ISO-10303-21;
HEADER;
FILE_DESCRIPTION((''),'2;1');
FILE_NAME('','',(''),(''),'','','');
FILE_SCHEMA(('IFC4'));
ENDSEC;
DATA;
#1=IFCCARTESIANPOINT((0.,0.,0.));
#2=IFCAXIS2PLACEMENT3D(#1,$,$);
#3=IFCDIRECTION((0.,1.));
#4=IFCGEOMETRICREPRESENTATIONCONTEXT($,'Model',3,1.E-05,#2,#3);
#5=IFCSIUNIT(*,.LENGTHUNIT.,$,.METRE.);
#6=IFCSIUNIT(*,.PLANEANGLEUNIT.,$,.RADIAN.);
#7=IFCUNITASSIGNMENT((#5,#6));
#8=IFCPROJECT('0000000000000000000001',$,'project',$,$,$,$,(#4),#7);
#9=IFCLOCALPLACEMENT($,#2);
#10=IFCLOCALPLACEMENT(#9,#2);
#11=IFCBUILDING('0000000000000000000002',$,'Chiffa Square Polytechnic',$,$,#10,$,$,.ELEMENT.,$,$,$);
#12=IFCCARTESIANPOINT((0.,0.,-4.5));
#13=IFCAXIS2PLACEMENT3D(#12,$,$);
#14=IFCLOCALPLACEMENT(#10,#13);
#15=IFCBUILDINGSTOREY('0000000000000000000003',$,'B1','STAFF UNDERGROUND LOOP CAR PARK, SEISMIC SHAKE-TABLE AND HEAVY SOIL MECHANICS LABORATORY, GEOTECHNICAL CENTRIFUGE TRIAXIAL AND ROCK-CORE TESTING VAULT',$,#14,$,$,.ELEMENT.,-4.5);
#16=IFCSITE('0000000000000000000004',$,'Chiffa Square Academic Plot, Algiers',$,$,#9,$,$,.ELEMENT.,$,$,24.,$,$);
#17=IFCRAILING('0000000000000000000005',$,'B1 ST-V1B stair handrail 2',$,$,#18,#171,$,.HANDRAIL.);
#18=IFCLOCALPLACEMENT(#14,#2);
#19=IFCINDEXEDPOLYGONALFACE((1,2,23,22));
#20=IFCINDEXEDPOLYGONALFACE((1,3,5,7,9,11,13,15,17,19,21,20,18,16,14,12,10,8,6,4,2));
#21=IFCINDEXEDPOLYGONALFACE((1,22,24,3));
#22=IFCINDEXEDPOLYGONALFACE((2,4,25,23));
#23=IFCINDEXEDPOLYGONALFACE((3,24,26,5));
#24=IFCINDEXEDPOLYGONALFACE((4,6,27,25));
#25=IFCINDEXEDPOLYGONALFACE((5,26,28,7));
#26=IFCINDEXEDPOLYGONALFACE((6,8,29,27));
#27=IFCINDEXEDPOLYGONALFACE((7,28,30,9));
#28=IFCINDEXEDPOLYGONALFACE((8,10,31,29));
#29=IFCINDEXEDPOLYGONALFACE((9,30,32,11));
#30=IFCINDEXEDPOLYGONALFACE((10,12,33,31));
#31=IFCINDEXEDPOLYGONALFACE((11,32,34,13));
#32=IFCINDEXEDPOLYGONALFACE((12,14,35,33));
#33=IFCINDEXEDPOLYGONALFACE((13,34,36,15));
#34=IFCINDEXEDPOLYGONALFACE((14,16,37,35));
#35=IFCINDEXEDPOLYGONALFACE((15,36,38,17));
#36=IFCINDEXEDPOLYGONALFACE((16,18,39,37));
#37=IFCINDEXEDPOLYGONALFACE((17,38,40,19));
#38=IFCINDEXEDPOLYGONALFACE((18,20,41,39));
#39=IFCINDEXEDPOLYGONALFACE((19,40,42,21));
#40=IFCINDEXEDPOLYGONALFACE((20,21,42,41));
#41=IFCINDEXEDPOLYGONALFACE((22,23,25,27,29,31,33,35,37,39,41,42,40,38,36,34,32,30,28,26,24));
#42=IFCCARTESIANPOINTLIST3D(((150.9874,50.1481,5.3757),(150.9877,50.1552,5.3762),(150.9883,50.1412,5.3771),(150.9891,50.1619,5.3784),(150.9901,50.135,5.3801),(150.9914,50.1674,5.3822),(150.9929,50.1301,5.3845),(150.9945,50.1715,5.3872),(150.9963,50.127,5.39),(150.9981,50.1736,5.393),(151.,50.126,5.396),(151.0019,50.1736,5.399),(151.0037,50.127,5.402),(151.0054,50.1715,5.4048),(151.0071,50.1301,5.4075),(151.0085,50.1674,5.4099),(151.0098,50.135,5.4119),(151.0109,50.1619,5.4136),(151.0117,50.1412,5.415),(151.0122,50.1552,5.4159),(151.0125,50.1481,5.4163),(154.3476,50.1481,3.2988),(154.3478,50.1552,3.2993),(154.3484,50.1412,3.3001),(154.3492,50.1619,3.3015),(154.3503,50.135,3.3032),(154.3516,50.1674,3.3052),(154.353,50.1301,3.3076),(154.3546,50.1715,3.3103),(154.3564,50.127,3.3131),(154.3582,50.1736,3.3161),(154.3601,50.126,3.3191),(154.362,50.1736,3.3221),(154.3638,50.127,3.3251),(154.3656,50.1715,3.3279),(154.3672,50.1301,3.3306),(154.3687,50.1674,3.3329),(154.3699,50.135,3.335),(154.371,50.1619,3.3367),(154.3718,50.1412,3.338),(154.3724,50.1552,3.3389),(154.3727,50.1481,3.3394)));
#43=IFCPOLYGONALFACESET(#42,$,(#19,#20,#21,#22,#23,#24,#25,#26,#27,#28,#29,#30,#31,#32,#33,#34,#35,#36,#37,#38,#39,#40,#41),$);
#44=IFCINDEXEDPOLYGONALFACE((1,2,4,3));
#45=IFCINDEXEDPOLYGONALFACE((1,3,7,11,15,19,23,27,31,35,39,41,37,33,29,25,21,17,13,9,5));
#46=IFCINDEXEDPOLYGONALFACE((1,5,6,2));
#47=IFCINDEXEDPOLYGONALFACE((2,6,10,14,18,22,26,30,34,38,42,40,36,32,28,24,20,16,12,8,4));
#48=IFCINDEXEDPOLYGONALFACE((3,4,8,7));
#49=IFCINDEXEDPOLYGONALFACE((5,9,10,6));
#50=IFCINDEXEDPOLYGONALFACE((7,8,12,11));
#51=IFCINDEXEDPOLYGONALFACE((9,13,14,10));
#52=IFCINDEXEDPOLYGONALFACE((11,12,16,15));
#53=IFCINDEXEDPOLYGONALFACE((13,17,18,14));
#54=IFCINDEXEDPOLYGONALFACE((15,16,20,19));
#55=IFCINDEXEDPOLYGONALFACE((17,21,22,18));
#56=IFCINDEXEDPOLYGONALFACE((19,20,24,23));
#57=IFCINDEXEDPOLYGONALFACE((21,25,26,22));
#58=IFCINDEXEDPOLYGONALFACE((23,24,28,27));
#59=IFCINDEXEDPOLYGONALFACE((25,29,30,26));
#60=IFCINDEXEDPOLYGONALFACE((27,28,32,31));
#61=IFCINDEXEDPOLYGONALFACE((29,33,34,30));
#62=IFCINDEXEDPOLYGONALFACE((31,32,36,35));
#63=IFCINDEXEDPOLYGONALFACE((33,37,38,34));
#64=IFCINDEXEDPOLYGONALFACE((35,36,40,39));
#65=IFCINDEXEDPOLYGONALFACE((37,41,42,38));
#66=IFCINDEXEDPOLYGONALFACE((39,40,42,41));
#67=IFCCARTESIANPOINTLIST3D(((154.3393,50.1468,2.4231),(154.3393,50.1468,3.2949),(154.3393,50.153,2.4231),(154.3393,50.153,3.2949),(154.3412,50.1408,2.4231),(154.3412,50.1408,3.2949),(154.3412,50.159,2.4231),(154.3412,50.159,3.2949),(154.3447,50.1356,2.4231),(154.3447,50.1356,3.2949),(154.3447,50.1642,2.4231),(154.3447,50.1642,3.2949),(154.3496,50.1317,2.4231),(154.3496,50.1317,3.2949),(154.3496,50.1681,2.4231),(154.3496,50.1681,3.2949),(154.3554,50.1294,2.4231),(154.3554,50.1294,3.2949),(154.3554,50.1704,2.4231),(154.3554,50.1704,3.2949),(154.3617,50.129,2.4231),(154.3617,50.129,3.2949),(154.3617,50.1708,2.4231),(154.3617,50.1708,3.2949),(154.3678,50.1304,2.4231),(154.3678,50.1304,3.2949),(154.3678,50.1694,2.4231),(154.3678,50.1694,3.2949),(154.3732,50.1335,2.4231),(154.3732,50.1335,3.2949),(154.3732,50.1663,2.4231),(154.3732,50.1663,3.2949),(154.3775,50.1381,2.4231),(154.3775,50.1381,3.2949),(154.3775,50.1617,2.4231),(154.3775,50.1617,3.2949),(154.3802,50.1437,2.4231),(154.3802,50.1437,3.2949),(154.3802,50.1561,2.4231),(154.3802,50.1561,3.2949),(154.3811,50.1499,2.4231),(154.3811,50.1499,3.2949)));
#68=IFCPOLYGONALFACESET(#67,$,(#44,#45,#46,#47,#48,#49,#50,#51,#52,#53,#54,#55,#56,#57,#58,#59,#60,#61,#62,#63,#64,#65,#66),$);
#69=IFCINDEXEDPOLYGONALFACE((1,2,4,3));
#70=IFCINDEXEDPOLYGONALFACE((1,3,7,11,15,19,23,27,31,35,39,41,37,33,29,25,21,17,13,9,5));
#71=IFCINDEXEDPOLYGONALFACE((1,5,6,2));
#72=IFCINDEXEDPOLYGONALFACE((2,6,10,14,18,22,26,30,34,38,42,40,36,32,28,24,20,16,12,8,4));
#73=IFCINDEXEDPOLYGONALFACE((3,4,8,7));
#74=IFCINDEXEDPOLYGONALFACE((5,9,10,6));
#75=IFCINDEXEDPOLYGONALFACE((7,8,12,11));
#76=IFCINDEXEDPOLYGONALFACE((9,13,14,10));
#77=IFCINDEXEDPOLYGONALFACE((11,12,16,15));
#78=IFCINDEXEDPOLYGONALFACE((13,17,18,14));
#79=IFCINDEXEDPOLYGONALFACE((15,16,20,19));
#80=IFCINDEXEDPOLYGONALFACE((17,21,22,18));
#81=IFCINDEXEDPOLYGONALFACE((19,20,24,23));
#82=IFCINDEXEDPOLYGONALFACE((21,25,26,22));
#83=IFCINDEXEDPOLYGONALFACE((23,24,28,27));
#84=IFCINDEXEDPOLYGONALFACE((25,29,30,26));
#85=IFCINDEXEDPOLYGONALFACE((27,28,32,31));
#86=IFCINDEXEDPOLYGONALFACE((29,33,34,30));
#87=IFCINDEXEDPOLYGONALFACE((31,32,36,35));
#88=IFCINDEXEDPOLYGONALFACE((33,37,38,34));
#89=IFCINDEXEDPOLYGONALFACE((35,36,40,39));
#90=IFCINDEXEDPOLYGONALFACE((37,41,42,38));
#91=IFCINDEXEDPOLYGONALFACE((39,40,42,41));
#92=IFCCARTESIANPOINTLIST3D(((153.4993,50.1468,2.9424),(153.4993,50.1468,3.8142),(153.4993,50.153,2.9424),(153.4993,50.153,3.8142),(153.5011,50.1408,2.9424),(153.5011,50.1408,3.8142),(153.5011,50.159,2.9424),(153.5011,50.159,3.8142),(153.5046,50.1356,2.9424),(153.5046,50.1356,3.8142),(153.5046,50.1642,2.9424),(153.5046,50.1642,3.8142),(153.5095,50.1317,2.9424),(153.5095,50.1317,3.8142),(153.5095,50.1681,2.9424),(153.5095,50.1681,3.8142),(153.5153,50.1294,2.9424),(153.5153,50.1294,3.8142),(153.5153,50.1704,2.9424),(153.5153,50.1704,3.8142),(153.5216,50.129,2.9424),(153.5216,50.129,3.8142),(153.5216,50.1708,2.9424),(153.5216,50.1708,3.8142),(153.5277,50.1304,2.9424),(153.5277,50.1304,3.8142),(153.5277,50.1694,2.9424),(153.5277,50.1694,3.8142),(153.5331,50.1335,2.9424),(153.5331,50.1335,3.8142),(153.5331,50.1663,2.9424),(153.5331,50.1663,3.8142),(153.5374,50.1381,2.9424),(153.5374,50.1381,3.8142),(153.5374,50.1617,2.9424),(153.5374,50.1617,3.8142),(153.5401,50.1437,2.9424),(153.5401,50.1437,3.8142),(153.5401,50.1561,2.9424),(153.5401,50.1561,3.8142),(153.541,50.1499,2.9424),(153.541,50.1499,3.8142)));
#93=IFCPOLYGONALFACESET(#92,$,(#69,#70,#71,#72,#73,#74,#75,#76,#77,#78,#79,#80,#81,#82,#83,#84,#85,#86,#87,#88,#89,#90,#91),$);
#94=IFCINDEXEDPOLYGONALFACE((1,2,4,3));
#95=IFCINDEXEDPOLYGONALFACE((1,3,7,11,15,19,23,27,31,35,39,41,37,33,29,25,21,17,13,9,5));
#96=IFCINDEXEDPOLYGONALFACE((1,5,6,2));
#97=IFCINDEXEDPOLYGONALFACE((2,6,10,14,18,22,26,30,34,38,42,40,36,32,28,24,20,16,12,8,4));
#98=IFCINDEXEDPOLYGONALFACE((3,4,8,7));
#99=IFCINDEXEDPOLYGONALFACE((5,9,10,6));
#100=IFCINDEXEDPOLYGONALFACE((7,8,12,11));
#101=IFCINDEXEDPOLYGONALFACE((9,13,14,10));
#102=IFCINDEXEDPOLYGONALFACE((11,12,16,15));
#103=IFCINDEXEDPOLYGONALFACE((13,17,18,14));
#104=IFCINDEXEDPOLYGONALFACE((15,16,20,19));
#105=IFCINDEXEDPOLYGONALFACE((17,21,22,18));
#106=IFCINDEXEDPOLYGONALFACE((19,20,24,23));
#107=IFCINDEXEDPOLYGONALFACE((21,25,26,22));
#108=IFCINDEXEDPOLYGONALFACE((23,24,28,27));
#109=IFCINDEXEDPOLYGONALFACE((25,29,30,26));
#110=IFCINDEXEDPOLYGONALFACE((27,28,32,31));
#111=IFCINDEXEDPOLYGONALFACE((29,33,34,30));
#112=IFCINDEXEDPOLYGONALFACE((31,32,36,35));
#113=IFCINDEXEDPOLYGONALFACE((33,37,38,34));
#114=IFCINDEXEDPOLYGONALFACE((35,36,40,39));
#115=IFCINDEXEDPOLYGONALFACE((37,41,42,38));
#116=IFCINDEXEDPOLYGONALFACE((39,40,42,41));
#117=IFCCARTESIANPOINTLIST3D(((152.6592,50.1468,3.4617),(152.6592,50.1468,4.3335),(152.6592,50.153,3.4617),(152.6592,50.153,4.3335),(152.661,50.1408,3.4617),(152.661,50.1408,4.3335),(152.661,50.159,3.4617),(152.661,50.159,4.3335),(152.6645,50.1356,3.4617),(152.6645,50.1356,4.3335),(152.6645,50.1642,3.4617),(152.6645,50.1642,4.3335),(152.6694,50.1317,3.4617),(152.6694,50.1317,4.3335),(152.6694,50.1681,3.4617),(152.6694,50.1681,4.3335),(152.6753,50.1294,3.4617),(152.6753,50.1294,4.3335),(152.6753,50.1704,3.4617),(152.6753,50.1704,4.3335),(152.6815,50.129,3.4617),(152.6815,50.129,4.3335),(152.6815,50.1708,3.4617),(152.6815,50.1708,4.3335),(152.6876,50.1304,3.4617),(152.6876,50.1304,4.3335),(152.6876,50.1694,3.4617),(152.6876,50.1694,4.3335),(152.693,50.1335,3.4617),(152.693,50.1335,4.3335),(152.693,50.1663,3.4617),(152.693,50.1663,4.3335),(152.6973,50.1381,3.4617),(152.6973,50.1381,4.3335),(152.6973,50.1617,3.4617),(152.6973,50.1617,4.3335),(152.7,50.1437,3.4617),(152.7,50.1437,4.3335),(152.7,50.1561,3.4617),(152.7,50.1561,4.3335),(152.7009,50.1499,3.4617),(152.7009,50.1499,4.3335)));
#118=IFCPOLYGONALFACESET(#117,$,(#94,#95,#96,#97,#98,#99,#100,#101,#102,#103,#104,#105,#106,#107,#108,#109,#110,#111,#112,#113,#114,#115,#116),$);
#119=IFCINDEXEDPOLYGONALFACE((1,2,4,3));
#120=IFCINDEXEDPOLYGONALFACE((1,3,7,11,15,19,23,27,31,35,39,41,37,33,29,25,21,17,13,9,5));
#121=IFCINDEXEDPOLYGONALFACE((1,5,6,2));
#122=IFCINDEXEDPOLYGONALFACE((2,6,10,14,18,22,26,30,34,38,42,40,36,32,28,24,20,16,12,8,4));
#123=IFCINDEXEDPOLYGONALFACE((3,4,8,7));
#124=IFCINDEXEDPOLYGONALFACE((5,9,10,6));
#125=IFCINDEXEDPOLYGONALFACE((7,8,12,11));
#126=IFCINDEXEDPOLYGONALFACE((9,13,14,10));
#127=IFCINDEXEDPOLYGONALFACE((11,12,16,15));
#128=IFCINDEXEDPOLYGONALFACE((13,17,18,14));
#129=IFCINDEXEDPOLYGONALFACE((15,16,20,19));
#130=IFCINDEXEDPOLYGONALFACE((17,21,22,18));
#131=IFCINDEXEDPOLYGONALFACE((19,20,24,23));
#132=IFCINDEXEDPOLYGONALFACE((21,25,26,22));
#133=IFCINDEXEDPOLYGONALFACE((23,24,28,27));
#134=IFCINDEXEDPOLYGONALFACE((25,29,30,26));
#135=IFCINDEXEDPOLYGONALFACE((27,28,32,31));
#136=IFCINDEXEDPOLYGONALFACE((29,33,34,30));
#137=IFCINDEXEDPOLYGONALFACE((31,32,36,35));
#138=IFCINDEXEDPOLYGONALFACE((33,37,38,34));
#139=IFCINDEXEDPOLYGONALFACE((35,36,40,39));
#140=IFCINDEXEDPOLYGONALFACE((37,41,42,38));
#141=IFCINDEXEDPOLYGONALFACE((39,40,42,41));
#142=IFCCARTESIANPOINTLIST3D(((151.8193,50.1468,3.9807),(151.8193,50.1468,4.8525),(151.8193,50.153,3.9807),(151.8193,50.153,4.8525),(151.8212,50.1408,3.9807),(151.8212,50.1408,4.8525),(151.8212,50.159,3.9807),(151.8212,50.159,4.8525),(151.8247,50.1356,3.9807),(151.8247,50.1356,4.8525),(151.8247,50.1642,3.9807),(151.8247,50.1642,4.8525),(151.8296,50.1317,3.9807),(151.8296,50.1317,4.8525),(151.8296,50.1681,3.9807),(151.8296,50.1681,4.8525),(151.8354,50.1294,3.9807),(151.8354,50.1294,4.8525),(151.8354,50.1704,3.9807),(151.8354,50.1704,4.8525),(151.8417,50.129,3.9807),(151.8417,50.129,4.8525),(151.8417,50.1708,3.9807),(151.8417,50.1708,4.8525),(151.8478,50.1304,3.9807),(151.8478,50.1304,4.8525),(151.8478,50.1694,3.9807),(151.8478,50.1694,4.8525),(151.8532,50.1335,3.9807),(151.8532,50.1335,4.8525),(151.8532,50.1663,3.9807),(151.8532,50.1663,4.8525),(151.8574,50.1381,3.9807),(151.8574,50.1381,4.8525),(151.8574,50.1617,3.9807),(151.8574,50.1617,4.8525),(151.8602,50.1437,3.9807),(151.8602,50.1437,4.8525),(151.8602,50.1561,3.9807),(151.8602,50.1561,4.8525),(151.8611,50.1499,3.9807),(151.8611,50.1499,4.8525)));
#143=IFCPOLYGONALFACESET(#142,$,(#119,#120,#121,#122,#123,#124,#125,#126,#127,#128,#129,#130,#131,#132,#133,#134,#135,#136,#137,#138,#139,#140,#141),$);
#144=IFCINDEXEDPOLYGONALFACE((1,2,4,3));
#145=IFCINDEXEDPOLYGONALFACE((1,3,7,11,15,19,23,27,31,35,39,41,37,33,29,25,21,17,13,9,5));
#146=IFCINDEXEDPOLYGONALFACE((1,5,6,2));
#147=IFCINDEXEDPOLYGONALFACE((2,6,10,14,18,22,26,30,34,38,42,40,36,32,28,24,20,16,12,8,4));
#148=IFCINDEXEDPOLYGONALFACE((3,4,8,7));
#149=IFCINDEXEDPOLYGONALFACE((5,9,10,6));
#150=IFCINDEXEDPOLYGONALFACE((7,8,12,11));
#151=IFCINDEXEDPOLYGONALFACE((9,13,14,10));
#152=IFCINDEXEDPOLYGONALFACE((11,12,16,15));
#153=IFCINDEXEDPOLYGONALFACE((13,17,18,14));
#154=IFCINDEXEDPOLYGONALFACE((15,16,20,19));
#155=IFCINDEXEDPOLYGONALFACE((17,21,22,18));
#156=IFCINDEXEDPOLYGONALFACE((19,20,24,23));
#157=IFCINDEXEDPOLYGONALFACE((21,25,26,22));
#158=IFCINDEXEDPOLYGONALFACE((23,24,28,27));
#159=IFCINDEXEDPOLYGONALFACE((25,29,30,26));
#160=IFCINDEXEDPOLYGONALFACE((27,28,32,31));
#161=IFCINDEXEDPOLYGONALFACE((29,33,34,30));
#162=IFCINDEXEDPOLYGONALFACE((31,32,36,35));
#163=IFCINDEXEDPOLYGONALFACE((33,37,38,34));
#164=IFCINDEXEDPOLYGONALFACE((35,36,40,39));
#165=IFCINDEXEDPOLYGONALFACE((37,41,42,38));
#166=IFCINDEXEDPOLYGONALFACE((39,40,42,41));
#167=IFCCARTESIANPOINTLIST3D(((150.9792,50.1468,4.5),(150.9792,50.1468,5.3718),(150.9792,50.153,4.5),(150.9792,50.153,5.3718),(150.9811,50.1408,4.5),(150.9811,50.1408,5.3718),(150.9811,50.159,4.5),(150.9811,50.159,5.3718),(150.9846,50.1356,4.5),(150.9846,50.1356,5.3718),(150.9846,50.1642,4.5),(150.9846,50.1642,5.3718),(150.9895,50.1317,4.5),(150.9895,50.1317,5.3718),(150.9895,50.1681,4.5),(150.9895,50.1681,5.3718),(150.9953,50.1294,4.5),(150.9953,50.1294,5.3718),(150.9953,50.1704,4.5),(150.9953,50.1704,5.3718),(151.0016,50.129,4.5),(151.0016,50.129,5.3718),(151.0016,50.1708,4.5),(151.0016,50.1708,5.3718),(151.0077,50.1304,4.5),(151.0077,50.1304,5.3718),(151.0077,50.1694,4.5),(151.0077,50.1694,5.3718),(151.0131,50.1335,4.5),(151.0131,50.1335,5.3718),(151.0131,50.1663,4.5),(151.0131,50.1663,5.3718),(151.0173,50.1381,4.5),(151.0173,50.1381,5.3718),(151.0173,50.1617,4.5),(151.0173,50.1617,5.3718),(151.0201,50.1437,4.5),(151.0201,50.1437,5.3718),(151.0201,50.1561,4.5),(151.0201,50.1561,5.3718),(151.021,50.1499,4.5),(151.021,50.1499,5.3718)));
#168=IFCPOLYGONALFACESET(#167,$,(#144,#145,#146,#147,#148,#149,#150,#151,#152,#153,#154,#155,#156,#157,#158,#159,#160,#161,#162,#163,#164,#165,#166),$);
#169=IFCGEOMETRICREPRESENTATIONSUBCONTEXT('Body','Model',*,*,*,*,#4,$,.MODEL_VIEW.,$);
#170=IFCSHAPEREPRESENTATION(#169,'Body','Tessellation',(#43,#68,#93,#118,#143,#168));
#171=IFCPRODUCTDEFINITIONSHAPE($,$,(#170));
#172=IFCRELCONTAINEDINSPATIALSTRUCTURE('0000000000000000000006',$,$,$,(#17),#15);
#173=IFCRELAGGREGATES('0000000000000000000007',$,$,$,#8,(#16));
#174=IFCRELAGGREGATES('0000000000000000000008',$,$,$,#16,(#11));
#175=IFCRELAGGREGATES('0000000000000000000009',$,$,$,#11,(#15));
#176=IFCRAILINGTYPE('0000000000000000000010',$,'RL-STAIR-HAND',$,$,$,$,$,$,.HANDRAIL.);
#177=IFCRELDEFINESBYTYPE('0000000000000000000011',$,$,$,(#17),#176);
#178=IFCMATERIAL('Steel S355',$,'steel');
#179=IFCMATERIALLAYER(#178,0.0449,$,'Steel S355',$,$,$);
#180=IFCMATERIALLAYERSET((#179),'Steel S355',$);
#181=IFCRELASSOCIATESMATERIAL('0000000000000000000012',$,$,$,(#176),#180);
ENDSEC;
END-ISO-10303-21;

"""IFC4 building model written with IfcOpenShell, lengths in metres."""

from ifc_helpers import new_model, si_unit, direction, frame, origin, origin_2d, place, context, subcontext, project, spatial, circle, extrude, material, layer, layer_set, type_object, element, save


model = new_model("IFC4")

# Units and contexts
model_context = context("Model", 3, precision=1e-05, world=origin(), true_north=direction((0.0, 1.0)))
body_context = subcontext(model_context, "Body", "Model", "MODEL_VIEW")
ifc_project = project(units=[si_unit("LENGTHUNIT", "METRE"), si_unit("PLANEANGLEUNIT", "RADIAN")], contexts=[model_context])

# Site, building, storey
site_placement = place(None, origin())
site = spatial("IfcSite", under=ifc_project, at=site_placement, Name="Chiffa Square Academic Plot, Algiers", CompositionType="ELEMENT", RefElevation=24.0)
building_placement = place(site_placement, origin())
building = spatial("IfcBuilding", under=site, at=building_placement, Name="Chiffa Square Polytechnic", CompositionType="ELEMENT")
storey_placement = place(building_placement, frame((0.0, 0.0, -4.5)))
storey = spatial("IfcBuildingStorey", under=building, at=storey_placement, Name="B1", Description="STAFF UNDERGROUND LOOP CAR PARK, SEISMIC SHAKE-TABLE AND HEAVY SOIL MECHANICS LABORATORY, GEOTECHNICAL CENTRIFUGE TRIAXIAL AND ROCK-CORE TESTING VAULT", CompositionType="ELEMENT", Elevation=-4.5)

# Railing
ifc_material_1 = material(Name="Steel S355", Category="steel")
ifc_layer_1 = layer(ifc_material_1, 0.0449, Name="Steel S355")
ifc_layer_set_1 = layer_set([ifc_layer_1], Name="Steel S355")
railing_type = type_object("IfcRailingType", Name="RL-STAIR-HAND", PredefinedType="HANDRAIL", material=ifc_layer_set_1)
railing_placement = place(storey_placement, frame((154.3601, 50.1499, 2.4231)))
element("IfcRailing", 1, at=railing_placement, inside=storey, type_object=railing_type, Name="B1 ST-V1B stair handrail 2", PredefinedType="HANDRAIL", context=body_context, shape_type="SweptSolid", body=[
    extrude(circle(Radius=0.0239, at=origin_2d()), frame((0.0, 0.0, 0.896), z_axis=(-0.850623, 0.0, 0.525776), x_axis=(0.0, -1.0, 0.0)), (0.0, 0.0, 1.0), 3.9502),
    extrude(circle(Radius=0.021, at=origin_2d()), origin(), (0.0, 0.0, 1.0), 0.8718),
    extrude(circle(Radius=0.021, at=origin_2d()), frame((-0.8401, 0.0, 0.5193)), (0.0, 0.0, 1.0), 0.8718),
    extrude(circle(Radius=0.021, at=origin_2d()), frame((-1.6802, 0.0, 1.0386)), (0.0, 0.0, 1.0), 0.8718),
    extrude(circle(Radius=0.021, at=origin_2d()), frame((-2.52, 0.0, 1.5576)), (0.0, 0.0, 1.0), 0.8718),
    extrude(circle(Radius=0.021, at=origin_2d()), frame((-3.3601, 0.0, 2.0769)), (0.0, 0.0, 1.0), 0.8718),
])

save(model, "model.ifc")
